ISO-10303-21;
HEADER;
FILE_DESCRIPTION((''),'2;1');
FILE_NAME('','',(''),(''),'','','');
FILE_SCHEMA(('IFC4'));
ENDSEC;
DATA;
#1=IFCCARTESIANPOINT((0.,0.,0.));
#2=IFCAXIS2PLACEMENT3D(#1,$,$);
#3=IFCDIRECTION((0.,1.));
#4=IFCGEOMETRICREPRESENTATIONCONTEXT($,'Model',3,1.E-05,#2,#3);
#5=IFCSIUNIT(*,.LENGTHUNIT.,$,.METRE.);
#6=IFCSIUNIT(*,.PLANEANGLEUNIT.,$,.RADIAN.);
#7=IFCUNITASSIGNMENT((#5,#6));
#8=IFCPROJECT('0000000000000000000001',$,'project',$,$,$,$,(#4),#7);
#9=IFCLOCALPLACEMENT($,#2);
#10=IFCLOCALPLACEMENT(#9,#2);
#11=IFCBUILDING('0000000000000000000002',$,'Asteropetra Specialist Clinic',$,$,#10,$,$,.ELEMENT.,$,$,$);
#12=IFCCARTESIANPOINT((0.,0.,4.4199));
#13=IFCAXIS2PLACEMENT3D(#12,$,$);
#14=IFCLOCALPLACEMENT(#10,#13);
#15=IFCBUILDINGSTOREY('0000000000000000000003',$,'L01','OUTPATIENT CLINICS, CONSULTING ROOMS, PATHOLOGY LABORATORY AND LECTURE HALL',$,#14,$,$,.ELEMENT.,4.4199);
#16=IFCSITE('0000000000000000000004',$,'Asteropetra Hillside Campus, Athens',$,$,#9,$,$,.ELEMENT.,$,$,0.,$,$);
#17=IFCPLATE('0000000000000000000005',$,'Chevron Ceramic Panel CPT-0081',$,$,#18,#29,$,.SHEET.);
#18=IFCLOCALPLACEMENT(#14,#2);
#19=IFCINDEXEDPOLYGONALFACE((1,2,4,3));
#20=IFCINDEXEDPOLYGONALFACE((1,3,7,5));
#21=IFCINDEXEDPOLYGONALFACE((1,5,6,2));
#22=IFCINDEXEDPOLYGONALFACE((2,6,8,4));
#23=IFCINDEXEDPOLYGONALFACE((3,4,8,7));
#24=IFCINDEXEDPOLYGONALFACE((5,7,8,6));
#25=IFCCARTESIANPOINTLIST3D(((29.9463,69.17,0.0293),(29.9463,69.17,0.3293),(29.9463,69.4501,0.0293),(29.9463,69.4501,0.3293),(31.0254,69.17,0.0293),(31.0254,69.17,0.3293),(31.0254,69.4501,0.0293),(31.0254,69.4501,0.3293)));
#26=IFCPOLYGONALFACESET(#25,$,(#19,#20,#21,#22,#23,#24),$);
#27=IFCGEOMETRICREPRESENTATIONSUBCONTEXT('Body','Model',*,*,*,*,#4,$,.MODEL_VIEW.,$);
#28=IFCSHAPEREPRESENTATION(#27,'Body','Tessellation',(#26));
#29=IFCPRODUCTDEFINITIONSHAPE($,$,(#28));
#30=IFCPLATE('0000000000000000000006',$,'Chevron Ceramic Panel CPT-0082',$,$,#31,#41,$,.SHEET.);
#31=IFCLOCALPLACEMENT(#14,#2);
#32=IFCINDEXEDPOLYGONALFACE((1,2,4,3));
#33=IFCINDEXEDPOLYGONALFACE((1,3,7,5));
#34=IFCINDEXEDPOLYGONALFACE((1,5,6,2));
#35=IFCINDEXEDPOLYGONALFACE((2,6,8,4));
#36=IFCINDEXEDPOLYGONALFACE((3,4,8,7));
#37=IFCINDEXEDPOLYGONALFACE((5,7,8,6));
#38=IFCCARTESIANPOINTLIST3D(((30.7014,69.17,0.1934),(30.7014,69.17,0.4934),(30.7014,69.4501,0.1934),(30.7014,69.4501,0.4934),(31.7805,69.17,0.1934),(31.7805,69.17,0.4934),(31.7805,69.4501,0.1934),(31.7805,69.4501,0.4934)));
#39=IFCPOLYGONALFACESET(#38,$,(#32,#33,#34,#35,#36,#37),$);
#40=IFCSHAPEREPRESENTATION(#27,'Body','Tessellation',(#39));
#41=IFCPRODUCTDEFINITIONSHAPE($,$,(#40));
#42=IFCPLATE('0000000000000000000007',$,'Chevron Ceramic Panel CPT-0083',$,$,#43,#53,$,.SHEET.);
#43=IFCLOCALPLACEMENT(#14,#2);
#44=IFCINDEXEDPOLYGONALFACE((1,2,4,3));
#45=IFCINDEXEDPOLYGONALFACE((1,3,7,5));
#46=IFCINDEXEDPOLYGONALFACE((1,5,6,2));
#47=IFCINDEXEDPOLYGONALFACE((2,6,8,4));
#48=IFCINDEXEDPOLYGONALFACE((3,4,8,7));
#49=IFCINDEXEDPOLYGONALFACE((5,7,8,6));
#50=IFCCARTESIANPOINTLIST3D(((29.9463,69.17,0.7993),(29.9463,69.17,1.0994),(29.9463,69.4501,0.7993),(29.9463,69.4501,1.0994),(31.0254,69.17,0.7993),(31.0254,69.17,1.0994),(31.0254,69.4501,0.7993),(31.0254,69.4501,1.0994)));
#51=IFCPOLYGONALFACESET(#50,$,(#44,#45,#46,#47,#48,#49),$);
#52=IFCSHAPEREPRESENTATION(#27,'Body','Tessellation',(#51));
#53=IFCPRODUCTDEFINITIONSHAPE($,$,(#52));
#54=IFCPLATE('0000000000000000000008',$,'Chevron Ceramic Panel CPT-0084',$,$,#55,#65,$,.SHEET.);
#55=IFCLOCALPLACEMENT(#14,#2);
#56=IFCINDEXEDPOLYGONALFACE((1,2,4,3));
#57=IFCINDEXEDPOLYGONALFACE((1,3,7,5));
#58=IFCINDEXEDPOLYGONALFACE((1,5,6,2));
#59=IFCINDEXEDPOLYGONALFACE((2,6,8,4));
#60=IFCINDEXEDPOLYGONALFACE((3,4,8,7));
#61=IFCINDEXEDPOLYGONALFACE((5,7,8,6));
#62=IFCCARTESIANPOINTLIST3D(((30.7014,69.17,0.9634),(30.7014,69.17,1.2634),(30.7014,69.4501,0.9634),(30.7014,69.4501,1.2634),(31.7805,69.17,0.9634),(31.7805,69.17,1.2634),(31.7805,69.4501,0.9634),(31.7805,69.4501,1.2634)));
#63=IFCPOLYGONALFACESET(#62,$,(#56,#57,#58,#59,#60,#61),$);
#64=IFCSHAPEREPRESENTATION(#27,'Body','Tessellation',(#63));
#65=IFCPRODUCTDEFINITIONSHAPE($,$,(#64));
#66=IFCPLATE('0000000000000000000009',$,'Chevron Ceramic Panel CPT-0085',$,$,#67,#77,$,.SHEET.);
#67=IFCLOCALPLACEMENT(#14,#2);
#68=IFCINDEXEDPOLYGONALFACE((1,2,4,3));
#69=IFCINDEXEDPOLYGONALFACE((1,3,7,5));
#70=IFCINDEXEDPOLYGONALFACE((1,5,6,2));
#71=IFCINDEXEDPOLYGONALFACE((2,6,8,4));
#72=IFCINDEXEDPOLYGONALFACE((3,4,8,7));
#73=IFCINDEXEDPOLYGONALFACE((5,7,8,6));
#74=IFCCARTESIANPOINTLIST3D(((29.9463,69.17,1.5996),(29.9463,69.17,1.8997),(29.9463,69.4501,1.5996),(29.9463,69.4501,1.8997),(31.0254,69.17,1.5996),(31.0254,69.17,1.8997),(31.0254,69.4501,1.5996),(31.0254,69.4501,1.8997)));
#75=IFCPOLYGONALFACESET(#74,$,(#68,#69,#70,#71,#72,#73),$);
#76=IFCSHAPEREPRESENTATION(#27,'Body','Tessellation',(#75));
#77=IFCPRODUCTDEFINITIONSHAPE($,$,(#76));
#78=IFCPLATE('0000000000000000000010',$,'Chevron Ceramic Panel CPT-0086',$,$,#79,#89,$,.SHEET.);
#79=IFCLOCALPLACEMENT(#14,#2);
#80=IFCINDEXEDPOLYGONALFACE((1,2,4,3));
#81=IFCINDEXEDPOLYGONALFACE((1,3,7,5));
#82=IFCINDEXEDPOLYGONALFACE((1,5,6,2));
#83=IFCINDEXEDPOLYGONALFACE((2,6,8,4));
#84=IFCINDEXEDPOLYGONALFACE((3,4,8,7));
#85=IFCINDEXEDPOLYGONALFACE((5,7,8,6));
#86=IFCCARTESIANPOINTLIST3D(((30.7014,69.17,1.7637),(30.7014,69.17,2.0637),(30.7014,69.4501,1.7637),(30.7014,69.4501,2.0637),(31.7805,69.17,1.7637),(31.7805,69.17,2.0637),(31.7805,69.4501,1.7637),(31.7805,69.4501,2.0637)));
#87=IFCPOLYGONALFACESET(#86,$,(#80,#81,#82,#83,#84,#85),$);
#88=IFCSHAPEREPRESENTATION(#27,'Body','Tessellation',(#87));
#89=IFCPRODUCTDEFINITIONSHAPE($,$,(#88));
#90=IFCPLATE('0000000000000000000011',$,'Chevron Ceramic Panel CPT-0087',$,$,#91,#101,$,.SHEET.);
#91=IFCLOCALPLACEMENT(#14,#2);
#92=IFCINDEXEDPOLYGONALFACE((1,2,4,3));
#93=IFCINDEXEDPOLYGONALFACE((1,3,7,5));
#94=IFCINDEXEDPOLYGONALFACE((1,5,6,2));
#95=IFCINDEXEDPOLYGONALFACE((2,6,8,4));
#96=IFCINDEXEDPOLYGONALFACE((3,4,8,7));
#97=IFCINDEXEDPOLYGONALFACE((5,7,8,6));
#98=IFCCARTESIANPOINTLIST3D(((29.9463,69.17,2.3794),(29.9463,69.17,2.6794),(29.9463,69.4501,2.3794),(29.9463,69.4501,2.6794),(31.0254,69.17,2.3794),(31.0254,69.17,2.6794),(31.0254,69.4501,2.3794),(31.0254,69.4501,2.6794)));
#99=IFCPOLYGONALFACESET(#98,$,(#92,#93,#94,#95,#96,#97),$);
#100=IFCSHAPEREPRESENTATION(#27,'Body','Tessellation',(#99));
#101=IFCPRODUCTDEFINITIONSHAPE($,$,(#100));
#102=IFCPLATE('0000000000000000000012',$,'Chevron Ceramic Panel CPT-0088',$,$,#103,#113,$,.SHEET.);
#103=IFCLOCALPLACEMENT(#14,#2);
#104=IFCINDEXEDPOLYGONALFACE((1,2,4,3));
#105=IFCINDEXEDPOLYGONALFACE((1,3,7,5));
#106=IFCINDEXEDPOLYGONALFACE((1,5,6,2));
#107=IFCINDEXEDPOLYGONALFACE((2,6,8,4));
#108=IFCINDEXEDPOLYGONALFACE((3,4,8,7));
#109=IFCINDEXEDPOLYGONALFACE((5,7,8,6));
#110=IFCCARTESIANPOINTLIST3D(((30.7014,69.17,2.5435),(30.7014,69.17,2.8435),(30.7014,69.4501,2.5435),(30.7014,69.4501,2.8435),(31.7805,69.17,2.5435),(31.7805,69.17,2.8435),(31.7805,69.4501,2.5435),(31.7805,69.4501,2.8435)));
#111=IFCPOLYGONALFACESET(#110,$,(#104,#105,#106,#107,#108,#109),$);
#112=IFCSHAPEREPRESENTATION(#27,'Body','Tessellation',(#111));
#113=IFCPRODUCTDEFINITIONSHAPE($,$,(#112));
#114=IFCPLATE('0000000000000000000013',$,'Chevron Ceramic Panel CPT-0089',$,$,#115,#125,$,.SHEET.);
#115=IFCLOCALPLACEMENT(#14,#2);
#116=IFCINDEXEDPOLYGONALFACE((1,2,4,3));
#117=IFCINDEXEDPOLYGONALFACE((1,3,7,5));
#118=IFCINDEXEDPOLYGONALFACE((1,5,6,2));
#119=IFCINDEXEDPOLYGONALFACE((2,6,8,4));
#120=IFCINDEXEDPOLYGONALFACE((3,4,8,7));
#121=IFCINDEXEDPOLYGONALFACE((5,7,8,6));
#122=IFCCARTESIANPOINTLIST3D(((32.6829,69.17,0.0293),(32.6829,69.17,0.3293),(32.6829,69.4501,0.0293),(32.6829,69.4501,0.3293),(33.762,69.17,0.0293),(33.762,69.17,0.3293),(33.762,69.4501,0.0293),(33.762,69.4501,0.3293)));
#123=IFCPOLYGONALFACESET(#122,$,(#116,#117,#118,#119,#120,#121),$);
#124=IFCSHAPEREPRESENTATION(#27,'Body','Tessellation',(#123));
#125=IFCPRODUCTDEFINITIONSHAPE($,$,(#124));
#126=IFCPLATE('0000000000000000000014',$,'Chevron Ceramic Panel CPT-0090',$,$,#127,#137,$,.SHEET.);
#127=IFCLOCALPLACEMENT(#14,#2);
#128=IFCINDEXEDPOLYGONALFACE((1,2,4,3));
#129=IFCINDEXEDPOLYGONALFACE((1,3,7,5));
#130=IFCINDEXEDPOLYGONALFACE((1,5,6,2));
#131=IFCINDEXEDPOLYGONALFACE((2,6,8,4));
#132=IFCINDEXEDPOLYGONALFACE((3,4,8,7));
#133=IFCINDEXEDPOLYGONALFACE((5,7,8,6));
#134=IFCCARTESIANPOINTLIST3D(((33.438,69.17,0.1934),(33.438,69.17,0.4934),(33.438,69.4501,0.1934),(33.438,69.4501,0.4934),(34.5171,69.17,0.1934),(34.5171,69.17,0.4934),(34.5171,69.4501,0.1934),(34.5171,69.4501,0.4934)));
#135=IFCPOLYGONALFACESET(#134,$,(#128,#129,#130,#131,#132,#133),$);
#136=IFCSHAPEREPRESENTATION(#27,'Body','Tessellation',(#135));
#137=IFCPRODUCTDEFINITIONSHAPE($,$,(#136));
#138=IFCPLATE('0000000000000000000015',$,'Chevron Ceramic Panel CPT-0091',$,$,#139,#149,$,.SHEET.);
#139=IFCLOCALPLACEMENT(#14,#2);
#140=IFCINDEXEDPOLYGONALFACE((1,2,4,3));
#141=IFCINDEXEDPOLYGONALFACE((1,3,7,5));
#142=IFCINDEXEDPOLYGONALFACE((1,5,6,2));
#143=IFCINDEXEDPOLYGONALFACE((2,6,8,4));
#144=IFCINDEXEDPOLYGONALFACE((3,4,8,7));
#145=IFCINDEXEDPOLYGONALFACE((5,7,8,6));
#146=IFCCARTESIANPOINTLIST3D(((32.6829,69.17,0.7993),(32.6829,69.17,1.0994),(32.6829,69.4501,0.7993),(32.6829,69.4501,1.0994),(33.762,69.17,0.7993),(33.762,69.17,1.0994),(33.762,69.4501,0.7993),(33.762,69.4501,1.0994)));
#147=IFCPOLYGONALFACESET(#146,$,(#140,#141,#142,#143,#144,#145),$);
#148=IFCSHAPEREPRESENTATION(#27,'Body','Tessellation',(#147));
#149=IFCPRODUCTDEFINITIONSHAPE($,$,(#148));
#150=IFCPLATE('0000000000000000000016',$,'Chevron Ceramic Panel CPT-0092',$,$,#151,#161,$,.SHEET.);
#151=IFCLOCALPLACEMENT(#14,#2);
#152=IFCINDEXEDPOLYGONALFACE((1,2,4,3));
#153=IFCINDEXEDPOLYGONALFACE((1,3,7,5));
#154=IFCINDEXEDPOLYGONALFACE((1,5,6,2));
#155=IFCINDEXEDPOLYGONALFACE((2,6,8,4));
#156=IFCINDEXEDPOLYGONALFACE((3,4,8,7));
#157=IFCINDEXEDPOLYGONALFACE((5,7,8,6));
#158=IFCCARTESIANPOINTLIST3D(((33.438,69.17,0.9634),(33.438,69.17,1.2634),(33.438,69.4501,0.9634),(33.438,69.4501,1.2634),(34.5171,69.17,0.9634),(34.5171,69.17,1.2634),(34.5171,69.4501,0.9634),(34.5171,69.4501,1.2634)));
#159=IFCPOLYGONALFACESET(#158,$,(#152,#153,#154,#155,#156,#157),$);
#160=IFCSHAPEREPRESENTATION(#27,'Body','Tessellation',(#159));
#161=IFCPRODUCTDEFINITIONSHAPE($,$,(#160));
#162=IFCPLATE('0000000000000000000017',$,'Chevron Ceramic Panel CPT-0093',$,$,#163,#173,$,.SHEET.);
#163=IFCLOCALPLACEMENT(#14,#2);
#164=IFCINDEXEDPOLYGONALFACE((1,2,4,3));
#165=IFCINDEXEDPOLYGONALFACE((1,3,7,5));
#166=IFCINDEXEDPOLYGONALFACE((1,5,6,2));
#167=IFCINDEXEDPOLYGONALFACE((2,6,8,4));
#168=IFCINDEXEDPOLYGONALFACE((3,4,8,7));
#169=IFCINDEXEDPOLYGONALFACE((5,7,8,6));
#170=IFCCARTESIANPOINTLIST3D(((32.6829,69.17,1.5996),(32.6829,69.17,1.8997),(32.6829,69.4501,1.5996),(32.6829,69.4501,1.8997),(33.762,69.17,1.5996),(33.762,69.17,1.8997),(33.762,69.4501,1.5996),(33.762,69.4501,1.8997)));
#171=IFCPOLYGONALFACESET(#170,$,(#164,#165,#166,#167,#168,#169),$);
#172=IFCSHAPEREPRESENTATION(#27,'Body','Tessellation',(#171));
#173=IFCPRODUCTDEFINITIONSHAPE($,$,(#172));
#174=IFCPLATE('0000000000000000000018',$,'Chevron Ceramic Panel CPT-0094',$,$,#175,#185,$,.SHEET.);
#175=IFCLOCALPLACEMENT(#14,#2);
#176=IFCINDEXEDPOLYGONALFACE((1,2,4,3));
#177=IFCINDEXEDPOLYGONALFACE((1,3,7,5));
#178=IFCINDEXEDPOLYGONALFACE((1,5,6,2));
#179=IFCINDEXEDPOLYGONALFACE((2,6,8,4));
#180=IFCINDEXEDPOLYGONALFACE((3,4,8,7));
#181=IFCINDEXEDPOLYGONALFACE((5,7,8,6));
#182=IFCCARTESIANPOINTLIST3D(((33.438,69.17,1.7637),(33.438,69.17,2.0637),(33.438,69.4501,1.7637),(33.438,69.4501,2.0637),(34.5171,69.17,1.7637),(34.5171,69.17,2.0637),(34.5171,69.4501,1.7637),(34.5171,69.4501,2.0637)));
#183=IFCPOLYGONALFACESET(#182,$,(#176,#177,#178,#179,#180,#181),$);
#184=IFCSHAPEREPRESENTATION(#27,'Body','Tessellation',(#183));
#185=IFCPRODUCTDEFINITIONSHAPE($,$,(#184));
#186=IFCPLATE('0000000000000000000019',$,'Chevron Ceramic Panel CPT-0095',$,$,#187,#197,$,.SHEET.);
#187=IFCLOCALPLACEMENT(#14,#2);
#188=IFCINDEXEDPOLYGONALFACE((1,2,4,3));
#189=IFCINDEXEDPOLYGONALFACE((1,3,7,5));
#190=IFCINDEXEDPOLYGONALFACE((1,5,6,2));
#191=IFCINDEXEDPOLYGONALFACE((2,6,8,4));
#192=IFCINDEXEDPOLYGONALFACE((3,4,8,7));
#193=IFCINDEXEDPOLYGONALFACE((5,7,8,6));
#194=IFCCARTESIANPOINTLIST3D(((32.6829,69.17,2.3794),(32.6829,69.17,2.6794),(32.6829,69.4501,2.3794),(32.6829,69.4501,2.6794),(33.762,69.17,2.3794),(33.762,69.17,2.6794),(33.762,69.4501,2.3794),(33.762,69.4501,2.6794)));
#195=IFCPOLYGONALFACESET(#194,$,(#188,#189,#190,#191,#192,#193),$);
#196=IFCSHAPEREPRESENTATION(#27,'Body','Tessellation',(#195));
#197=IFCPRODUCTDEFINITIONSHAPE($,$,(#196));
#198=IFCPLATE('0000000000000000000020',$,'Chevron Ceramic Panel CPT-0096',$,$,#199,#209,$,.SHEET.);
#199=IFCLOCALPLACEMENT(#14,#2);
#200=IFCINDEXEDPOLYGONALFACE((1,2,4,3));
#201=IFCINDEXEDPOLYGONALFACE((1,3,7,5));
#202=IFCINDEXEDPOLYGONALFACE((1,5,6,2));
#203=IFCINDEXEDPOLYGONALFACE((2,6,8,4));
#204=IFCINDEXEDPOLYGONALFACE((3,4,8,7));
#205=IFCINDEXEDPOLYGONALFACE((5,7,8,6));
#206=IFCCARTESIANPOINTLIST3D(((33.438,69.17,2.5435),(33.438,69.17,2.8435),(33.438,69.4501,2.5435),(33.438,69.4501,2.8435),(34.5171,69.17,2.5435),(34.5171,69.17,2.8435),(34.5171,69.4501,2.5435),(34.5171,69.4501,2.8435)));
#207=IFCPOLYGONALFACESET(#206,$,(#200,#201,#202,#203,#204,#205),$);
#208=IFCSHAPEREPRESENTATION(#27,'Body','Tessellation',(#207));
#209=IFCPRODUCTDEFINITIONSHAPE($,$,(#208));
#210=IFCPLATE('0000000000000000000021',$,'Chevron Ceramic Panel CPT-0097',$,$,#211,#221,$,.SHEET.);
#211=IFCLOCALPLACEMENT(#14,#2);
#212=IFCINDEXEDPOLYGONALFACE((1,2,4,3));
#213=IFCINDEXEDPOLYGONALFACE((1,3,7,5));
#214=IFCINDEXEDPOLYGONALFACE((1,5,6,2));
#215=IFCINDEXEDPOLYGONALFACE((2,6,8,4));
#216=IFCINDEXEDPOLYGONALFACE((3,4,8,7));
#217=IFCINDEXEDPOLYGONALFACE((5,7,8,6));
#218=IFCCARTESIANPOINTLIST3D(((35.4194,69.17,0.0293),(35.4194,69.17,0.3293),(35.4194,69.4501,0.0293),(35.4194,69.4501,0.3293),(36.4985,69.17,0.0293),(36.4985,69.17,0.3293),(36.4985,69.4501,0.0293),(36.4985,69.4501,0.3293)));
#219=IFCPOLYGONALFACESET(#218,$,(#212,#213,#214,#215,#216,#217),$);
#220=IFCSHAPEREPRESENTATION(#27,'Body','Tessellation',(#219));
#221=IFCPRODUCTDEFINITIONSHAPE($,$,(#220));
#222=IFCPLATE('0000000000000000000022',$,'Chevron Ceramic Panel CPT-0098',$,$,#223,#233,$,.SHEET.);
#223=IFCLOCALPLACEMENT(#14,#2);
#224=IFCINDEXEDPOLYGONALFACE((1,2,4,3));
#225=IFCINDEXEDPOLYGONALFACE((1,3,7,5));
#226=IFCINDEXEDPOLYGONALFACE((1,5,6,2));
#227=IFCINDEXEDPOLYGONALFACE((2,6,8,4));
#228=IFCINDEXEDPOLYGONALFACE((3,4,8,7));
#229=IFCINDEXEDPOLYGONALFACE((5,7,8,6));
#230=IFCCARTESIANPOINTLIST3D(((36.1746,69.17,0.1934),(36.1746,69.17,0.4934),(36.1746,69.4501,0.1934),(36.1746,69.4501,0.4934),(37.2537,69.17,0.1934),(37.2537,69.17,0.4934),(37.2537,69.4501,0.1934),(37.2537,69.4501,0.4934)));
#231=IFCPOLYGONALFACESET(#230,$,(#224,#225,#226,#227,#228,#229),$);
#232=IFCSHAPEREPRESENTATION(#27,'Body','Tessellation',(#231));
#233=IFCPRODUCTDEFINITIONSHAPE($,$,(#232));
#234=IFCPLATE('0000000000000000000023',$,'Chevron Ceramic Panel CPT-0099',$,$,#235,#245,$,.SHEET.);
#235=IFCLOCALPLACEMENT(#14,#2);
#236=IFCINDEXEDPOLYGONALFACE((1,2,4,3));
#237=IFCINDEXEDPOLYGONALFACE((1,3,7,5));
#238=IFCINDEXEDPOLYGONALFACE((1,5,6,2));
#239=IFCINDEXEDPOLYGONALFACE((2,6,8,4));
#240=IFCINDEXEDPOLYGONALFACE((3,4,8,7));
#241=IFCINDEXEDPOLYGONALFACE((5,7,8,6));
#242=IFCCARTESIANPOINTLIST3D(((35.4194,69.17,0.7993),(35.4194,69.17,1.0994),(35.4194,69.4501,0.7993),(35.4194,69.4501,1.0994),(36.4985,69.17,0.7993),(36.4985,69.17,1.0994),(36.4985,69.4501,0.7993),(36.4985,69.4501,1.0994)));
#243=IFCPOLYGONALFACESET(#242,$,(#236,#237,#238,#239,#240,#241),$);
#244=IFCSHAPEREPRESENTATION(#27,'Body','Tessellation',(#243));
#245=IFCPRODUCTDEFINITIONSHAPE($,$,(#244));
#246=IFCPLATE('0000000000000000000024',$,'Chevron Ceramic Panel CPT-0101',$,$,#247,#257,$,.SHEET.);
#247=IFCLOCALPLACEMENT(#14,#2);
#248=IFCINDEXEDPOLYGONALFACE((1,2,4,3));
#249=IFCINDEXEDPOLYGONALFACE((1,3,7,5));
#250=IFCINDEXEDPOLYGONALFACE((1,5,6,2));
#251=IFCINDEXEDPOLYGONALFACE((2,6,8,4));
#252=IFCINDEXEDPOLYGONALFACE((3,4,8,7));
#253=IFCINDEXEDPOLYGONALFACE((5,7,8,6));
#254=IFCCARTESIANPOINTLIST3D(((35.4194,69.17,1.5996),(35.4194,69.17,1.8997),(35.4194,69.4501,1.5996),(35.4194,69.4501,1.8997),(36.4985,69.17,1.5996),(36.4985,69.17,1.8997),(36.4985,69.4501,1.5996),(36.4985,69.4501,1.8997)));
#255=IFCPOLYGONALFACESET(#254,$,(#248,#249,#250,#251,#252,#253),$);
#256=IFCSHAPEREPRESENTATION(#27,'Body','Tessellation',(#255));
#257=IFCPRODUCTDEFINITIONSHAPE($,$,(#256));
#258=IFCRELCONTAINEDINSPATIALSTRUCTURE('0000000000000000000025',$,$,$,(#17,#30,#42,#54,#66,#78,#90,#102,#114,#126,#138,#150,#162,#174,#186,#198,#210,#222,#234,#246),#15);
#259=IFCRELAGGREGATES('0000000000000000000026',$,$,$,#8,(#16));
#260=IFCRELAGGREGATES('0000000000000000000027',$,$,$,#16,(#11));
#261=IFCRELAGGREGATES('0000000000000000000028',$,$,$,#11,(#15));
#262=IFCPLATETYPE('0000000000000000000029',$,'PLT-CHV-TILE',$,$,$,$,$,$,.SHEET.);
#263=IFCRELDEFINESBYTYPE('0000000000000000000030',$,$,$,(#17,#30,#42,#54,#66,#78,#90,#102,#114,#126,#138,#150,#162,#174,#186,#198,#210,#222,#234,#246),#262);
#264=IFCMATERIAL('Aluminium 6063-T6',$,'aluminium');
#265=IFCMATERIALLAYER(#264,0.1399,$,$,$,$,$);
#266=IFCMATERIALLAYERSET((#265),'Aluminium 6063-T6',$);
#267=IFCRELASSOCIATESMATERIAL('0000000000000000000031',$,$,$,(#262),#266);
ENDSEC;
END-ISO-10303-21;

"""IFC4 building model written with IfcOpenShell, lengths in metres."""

from ifc_helpers import new_model, si_unit, direction, frame, origin, origin_2d, place, context, subcontext, project, spatial, rectangle, extrude, material, layer, layer_set, type_object, element, save


model = new_model("IFC4")

# Units and contexts
model_context = context("Model", 3, precision=1e-05, world=origin(), true_north=direction((0.0, 1.0)))
body_context = subcontext(model_context, "Body", "Model", "MODEL_VIEW")
ifc_project = project(units=[si_unit("LENGTHUNIT", "METRE"), si_unit("PLANEANGLEUNIT", "RADIAN")], contexts=[model_context])

# Site, building, storey
site_placement = place(None, origin())
site = spatial("IfcSite", under=ifc_project, at=site_placement, Name="Asteropetra Hillside Campus, Athens", CompositionType="ELEMENT", RefElevation=0.0)
building_placement = place(site_placement, origin())
building = spatial("IfcBuilding", under=site, at=building_placement, Name="Asteropetra Specialist Clinic", CompositionType="ELEMENT")
storey_placement = place(building_placement, frame((0.0, 0.0, 4.4199)))
storey = spatial("IfcBuildingStorey", under=building, at=storey_placement, Name="L01", Description="OUTPATIENT CLINICS, CONSULTING ROOMS, PATHOLOGY LABORATORY AND LECTURE HALL", CompositionType="ELEMENT", Elevation=4.4199)

# Plates
ifc_material_1 = material(Name="Aluminium 6063-T6", Category="aluminium")
ifc_layer_1 = layer(ifc_material_1, 0.1399)
ifc_layer_set_1 = layer_set([ifc_layer_1], Name="Aluminium 6063-T6")
plate_type = type_object("IfcPlateType", Name="PLT-CHV-TILE", PredefinedType="SHEET", material=ifc_layer_set_1)
for number, where, z_axis, x_axis, name in (
    (1, (30.4858, 69.3101, 0.0293), (0.0, 0.0, 1.0), (1.0, 0.0, 0.0), "Chevron Ceramic Panel CPT-0081"),
    (2, (31.241, 69.3101, 0.1934), (0.0, 0.0, 1.0), (1.0, 0.0, 0.0), "Chevron Ceramic Panel CPT-0082"),
    (3, (30.4858, 69.3101, 0.7993), (0.0, 0.0, 1.0), (1.0, 0.0, 0.0), "Chevron Ceramic Panel CPT-0083"),
    (4, (31.241, 69.3101, 0.9634), (0.0, 0.0, 1.0), (1.0, 0.0, 0.0), "Chevron Ceramic Panel CPT-0084"),
    (5, (30.4858, 69.3101, 1.5996), (0.0, 0.0, 1.0), (1.0, 0.0, 0.0), "Chevron Ceramic Panel CPT-0085"),
    (6, (31.241, 69.3101, 1.7637), (0.0, 0.0, 1.0), (1.0, 0.0, 0.0), "Chevron Ceramic Panel CPT-0086"),
    (7, (30.4858, 69.3101, 2.3794), (0.0, 0.0, 1.0), (1.0, 0.0, 0.0), "Chevron Ceramic Panel CPT-0087"),
    (8, (31.241, 69.3101, 2.5435), (0.0, 0.0, 1.0), (1.0, 0.0, 0.0), "Chevron Ceramic Panel CPT-0088"),
    (9, (33.2224, 69.3101, 0.0293), (0.0, 0.0, 1.0), (1.0, 0.0, 0.0), "Chevron Ceramic Panel CPT-0089"),
    (10, (33.9775, 69.3101, 0.1934), (0.0, 0.0, 1.0), (1.0, 0.0, 0.0), "Chevron Ceramic Panel CPT-0090"),
    (11, (33.2224, 69.3101, 0.7993), (0.0, 0.0, 1.0), (1.0, 0.0, 0.0), "Chevron Ceramic Panel CPT-0091"),
    (12, (33.9775, 69.3101, 0.9634), (0.0, 0.0, 1.0), (1.0, 0.0, 0.0), "Chevron Ceramic Panel CPT-0092"),
    (13, (33.2224, 69.3101, 1.5996), (0.0, 0.0, 1.0), (1.0, 0.0, 0.0), "Chevron Ceramic Panel CPT-0093"),
    (14, (33.9775, 69.3101, 1.7637), (0.0, 0.0, 1.0), (1.0, 0.0, 0.0), "Chevron Ceramic Panel CPT-0094"),
    (15, (33.2224, 69.3101, 2.3794), (0.0, 0.0, 1.0), (1.0, 0.0, 0.0), "Chevron Ceramic Panel CPT-0095"),
    (16, (33.9775, 69.3101, 2.5435), (0.0, 0.0, 1.0), (1.0, 0.0, 0.0), "Chevron Ceramic Panel CPT-0096"),
    (17, (35.959, 69.3101, 0.0293), (0.0, 0.0, 1.0), (1.0, 0.0, 0.0), "Chevron Ceramic Panel CPT-0097"),
    (18, (36.7141, 69.3101, 0.1934), (0.0, 0.0, 1.0), (1.0, 0.0, 0.0), "Chevron Ceramic Panel CPT-0098"),
    (19, (35.959, 69.3101, 0.7993), (0.0, 0.0, 1.0), (1.0, 0.0, 0.0), "Chevron Ceramic Panel CPT-0099"),
    (20, (35.959, 69.3101, 1.5996), (0.0, 0.0, 1.0), (1.0, 0.0, 0.0), "Chevron Ceramic Panel CPT-0101"),
):
    element("IfcPlate", number, at=place(storey_placement, frame(where, z_axis=z_axis, x_axis=x_axis)), inside=storey, type_object=plate_type, Name=name, PredefinedType="SHEET", context=body_context, shape_type="SweptSolid", body=[
        extrude(rectangle(XDim=1.0791, YDim=0.28, at=origin_2d()), origin(), (0.0, 0.0, 1.0), 0.3),
    ])

save(model, "model.ifc")
